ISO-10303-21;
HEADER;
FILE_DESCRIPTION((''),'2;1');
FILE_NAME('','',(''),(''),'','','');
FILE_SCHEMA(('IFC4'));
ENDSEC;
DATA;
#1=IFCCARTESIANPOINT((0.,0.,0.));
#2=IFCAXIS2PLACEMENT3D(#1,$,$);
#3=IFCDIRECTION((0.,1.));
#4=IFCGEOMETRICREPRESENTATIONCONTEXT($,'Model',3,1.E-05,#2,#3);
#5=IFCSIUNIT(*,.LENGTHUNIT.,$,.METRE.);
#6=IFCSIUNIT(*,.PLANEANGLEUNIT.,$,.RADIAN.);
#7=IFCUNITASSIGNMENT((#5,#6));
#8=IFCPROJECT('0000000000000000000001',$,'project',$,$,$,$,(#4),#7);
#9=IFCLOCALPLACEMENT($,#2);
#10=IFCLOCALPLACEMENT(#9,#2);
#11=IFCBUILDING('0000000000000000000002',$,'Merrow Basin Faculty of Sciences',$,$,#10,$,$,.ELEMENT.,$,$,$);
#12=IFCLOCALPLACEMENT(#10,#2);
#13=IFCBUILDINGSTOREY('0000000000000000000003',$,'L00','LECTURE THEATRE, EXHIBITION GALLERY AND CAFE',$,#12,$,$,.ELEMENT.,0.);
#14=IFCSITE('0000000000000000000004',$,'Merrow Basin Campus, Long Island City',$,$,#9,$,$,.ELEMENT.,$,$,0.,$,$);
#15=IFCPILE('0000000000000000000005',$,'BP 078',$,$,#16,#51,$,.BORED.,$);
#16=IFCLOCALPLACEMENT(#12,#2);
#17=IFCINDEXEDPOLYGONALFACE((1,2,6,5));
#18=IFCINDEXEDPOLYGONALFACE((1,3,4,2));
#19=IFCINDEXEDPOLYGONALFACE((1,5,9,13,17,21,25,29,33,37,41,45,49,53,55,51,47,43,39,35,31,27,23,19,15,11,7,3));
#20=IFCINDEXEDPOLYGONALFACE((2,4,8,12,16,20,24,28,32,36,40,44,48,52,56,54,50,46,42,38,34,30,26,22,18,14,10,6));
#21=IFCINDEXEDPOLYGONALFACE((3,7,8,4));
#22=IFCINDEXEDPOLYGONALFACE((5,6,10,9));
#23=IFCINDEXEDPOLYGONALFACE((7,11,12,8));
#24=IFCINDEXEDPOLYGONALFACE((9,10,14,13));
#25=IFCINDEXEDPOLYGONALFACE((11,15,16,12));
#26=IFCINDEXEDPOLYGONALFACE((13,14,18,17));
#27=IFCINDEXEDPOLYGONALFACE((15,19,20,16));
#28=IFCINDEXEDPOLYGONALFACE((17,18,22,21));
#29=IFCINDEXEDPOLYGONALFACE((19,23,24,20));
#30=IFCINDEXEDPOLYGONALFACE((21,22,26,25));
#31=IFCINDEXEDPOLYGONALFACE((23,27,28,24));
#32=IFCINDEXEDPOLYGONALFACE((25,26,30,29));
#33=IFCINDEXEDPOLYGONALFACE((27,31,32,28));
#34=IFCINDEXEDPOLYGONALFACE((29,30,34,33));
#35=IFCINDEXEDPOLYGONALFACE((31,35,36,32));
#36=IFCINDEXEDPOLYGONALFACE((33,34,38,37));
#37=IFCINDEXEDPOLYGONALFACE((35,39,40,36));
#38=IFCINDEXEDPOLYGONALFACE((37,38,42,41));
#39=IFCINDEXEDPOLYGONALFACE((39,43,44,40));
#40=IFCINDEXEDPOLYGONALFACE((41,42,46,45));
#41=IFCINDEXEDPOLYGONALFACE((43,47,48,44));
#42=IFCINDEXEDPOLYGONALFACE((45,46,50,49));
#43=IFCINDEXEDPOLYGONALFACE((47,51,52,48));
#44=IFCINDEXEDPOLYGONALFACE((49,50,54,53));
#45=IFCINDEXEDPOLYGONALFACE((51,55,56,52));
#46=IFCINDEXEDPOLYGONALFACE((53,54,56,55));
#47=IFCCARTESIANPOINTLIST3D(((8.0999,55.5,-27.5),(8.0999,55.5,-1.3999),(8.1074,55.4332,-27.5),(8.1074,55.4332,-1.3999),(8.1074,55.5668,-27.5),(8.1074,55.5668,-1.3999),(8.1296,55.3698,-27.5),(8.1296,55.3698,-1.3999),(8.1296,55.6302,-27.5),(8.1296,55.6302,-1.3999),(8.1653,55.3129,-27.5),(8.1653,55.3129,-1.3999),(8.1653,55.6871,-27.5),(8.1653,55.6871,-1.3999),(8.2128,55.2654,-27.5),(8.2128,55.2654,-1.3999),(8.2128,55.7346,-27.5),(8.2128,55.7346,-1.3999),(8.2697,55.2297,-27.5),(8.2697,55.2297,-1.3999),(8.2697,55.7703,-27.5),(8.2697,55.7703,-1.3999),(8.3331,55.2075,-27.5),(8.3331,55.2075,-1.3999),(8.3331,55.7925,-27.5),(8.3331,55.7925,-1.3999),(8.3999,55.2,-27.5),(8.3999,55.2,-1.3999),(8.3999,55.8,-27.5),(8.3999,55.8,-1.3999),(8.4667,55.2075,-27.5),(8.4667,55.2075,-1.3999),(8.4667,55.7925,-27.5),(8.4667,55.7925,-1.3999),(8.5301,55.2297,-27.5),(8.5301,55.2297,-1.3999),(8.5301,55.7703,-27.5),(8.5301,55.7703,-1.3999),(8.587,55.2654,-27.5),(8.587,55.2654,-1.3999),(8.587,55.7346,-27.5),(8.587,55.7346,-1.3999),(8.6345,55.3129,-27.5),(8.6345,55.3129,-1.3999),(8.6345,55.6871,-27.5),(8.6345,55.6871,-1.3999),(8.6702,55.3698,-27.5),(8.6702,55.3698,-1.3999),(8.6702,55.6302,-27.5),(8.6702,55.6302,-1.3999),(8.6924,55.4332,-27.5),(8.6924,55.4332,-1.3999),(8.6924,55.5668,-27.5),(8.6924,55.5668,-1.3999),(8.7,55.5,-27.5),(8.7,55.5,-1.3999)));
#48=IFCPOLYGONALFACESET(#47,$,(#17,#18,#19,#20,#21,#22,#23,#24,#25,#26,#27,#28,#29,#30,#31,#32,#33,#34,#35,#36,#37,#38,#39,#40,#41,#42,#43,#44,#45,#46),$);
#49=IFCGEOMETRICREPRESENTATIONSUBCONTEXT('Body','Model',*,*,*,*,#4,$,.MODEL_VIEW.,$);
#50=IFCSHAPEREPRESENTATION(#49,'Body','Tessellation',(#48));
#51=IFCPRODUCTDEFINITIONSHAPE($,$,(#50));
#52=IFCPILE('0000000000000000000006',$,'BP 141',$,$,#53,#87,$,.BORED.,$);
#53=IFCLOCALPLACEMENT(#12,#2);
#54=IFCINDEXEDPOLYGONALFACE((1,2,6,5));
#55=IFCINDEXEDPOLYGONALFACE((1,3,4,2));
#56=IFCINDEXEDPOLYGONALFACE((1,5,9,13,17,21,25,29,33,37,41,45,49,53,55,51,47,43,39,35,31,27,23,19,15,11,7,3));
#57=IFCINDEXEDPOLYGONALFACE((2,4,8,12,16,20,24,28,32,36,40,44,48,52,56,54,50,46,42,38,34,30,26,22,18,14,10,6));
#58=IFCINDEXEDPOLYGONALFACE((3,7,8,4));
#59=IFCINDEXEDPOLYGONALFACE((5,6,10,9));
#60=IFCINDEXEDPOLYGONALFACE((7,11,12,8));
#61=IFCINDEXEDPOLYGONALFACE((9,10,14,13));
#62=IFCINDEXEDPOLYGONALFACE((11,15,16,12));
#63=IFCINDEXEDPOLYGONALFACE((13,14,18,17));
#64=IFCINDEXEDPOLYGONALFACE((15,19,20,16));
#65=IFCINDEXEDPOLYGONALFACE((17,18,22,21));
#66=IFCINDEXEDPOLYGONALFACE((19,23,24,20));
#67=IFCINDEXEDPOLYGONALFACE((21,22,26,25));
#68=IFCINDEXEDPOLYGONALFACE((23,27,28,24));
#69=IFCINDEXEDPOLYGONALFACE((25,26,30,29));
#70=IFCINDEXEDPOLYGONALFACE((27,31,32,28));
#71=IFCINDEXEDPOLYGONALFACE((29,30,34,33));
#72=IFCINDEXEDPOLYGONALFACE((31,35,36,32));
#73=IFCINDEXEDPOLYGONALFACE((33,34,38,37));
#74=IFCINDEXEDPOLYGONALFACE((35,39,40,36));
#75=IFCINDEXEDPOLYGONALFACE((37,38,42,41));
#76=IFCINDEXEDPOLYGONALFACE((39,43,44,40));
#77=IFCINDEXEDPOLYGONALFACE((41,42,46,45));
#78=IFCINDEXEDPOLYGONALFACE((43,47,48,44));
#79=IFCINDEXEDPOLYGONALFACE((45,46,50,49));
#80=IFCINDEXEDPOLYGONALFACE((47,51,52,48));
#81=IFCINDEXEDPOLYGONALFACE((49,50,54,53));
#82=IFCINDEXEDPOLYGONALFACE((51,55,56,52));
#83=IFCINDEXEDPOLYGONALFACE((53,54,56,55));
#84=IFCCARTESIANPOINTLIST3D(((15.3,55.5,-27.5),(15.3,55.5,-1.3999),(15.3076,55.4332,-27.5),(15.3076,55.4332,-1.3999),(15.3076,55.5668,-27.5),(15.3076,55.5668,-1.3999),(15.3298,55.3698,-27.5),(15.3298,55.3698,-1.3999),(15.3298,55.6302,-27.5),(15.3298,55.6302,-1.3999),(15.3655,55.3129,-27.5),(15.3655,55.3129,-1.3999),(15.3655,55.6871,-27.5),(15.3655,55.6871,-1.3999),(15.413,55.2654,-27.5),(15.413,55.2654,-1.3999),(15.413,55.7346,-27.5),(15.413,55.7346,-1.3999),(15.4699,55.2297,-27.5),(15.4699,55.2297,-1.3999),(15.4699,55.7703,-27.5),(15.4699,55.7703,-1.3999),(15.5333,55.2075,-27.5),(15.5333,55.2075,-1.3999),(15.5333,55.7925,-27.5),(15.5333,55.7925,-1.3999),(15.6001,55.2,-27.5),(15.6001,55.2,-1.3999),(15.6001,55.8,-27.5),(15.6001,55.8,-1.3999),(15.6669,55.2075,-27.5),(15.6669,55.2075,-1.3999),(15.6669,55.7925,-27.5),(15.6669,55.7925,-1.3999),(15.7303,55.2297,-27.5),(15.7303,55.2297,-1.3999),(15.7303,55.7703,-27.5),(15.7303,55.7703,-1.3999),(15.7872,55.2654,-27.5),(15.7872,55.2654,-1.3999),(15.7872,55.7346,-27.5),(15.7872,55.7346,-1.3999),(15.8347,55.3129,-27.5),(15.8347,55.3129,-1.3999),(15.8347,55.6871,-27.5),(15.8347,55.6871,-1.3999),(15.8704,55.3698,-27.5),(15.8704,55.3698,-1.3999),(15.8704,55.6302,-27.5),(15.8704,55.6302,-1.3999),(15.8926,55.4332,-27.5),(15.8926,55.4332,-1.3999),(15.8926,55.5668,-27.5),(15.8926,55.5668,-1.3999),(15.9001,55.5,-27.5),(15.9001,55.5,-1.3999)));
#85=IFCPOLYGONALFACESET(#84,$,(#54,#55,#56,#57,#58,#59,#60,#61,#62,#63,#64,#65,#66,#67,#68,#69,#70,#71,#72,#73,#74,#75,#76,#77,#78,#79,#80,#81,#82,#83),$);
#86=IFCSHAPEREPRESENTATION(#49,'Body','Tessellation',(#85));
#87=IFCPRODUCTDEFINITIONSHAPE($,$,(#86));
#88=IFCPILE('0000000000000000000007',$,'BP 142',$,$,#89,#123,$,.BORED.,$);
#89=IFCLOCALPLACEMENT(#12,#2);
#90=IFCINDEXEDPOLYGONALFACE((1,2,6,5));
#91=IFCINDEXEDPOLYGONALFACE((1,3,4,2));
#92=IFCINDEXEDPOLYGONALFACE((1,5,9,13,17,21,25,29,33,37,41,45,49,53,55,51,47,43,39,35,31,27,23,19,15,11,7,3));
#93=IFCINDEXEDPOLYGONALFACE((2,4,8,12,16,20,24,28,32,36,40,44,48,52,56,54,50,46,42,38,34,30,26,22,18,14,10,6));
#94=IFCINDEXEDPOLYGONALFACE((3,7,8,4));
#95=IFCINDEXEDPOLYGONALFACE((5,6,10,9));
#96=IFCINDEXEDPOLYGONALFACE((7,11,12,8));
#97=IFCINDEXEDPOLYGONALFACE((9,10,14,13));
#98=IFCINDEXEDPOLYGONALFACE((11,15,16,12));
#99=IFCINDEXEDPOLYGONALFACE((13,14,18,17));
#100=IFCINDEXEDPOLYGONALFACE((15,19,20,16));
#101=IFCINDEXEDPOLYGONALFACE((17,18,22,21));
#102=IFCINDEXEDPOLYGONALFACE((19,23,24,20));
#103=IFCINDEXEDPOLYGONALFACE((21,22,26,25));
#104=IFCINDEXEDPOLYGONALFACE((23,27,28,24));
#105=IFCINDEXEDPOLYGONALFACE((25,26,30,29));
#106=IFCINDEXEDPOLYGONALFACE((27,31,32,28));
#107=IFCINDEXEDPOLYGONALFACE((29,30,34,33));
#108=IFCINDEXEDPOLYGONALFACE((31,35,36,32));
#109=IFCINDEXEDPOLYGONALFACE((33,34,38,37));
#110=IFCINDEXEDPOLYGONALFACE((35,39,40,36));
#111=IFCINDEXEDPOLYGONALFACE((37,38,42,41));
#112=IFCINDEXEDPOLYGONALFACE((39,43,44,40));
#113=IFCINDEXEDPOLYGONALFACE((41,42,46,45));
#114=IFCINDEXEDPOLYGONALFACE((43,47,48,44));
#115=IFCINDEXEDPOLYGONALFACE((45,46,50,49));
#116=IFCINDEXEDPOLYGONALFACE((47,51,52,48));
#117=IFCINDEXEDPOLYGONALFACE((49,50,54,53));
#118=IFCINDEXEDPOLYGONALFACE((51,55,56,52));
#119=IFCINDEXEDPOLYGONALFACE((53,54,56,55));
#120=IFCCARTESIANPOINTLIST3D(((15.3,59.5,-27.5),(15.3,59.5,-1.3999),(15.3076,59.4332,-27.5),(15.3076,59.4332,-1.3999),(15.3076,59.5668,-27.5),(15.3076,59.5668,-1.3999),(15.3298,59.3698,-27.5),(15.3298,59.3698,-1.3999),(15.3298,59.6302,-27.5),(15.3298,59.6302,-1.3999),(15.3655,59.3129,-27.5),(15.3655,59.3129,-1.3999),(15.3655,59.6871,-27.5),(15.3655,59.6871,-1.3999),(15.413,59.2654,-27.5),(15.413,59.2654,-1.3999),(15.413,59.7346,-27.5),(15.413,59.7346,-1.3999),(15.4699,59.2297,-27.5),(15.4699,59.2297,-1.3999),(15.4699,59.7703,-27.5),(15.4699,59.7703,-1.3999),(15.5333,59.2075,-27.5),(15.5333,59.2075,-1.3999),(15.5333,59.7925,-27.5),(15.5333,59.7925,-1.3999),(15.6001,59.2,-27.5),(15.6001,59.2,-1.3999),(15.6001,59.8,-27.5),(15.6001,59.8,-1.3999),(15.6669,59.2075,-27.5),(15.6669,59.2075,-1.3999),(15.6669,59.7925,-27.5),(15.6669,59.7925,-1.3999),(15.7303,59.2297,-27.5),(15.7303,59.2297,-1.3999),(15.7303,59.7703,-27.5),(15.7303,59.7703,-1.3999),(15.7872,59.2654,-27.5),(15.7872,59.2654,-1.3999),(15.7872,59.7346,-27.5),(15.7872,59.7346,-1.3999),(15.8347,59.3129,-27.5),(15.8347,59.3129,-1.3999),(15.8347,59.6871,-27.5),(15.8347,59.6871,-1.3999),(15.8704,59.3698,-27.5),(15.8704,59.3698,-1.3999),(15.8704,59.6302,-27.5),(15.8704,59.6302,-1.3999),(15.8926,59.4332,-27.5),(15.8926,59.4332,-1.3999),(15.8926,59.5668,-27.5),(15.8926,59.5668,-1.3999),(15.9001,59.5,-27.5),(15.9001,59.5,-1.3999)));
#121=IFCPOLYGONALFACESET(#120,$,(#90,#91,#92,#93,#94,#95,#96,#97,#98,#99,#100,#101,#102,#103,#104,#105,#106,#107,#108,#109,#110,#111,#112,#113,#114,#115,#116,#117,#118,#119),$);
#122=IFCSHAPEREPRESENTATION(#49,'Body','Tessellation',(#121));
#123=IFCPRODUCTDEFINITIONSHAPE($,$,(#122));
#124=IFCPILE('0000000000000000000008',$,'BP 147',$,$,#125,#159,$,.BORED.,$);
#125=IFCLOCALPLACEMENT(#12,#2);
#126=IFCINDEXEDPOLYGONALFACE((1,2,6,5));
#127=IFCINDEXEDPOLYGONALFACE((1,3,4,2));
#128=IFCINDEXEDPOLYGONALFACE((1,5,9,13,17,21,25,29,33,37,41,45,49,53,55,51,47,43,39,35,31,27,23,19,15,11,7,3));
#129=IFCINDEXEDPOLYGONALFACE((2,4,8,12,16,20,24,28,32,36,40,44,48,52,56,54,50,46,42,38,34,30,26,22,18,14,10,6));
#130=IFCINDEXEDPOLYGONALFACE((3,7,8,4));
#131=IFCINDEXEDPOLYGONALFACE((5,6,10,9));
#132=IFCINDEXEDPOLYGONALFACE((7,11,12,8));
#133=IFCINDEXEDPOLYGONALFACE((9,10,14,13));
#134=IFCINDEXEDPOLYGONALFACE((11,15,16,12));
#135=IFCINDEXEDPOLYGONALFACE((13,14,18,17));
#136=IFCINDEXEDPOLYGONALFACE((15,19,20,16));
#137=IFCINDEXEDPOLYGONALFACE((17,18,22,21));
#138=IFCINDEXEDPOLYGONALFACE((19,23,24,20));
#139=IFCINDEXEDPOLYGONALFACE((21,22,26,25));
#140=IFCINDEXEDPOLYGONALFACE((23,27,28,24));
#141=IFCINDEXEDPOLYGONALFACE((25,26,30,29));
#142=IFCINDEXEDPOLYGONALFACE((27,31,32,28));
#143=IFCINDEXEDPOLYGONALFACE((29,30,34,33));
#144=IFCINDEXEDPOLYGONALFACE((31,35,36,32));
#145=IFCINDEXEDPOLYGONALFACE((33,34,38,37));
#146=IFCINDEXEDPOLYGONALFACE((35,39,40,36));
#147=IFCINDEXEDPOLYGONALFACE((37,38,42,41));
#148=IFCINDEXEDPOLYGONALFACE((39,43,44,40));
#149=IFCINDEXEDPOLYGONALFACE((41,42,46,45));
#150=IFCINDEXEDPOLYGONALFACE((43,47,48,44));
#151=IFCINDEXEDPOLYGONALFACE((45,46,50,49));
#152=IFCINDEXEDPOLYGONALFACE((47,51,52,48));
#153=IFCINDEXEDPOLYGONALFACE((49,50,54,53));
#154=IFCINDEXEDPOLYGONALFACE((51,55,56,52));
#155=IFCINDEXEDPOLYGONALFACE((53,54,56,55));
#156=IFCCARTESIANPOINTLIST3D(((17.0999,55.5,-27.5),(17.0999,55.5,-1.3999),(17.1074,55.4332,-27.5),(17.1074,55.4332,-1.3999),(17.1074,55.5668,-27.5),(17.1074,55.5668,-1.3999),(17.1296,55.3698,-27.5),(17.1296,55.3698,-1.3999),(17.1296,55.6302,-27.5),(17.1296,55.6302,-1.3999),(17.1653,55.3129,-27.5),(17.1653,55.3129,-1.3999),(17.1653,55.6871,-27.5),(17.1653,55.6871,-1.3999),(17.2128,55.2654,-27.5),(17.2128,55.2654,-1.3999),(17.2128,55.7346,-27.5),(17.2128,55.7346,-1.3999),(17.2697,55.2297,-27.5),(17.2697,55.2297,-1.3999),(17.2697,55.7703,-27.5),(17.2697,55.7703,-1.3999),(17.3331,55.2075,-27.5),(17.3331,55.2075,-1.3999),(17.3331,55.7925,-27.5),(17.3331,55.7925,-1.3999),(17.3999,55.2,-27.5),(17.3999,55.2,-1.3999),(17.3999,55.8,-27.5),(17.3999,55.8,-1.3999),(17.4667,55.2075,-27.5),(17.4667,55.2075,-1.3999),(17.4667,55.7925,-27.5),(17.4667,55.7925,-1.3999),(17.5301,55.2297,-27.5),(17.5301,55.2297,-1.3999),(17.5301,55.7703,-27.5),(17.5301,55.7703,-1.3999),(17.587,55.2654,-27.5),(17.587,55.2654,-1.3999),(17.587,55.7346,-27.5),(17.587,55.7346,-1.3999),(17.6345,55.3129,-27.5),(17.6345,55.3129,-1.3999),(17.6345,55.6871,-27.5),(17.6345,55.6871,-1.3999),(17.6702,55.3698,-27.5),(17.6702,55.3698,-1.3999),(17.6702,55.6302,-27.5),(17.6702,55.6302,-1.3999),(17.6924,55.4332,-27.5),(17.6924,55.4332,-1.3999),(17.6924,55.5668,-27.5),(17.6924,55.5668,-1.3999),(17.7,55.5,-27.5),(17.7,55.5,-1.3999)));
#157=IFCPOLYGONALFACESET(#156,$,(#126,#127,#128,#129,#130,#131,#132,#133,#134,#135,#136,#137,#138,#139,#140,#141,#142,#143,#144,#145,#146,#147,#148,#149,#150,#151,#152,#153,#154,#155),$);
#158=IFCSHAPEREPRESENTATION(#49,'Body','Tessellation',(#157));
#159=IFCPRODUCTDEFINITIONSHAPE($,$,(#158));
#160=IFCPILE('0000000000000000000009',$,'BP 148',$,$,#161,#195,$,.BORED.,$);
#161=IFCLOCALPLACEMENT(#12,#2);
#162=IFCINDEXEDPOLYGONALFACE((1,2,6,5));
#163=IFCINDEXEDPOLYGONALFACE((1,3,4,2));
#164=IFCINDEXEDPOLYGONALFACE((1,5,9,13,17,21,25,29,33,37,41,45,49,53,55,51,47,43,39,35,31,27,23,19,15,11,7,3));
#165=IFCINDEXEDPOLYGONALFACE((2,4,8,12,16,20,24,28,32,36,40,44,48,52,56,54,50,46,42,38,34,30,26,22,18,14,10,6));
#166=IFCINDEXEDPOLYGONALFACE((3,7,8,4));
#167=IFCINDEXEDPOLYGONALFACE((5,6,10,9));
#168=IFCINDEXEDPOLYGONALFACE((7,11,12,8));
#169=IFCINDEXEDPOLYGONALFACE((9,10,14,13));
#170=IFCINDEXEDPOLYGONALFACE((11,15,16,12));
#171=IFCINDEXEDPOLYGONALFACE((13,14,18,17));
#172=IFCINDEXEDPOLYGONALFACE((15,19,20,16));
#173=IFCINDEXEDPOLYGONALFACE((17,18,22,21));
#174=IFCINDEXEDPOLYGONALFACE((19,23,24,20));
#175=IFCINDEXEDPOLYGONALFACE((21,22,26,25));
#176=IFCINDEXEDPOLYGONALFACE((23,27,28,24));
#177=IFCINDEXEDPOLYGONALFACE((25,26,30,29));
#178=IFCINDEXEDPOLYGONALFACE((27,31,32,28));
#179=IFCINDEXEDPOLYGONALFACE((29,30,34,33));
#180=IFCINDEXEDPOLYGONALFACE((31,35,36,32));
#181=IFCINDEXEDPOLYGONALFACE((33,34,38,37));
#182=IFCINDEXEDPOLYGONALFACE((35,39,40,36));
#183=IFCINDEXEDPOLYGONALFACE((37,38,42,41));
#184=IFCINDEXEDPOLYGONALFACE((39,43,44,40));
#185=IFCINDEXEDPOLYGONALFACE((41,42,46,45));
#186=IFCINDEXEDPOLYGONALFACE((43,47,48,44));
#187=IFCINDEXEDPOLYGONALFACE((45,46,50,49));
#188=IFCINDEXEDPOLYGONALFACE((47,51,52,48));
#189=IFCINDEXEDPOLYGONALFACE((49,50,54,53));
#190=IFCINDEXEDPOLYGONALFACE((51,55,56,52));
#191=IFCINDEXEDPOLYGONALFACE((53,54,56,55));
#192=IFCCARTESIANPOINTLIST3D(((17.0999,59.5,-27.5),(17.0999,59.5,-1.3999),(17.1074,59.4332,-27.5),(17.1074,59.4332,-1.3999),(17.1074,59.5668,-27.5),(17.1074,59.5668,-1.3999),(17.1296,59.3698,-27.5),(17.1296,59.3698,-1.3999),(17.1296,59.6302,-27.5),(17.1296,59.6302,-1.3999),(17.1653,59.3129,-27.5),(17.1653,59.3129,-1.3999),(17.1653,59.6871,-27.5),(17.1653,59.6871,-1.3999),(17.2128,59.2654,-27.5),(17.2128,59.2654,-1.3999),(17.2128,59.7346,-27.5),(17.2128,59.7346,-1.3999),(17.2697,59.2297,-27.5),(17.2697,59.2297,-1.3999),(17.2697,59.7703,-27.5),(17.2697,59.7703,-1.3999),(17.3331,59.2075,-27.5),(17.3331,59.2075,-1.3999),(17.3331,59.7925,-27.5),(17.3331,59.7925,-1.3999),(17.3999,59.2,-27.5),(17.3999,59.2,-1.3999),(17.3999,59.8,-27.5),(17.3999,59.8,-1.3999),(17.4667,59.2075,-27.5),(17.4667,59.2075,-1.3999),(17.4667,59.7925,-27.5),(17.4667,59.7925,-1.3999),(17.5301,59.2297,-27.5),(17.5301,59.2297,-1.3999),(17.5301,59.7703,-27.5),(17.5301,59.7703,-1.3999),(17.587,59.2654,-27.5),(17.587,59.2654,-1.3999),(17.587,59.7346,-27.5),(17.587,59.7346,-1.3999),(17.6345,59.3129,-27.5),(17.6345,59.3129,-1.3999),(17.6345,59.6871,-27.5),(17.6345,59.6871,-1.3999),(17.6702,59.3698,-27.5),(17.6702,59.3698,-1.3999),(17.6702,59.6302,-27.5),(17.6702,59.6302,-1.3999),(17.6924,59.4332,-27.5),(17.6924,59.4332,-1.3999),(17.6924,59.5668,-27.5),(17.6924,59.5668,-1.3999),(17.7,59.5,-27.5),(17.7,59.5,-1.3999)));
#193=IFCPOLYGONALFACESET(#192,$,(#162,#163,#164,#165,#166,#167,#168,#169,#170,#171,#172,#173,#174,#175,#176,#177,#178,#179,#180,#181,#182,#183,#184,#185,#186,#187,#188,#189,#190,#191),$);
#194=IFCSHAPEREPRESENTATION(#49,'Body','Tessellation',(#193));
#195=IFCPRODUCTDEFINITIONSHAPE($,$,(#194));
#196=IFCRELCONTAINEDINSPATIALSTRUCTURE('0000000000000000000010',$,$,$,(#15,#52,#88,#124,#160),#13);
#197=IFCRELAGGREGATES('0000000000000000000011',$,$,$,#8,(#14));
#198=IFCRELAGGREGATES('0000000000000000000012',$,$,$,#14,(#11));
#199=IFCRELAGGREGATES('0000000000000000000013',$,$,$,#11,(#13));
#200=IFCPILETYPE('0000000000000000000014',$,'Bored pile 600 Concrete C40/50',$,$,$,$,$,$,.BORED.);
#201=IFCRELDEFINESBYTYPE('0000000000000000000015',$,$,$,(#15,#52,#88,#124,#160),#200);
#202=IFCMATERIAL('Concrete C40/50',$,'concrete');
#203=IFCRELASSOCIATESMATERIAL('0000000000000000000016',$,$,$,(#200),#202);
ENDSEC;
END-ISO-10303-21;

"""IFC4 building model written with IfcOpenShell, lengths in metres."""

from ifc_helpers import new_model, si_unit, direction, frame, origin, origin_2d, place, context, subcontext, project, spatial, circle, extrude, material, material_profile, profile_set, type_object, element, save


model = new_model("IFC4")

# Units and contexts
model_context = context("Model", 3, precision=1e-05, world=origin(), true_north=direction((0.0, 1.0)))
body_context = subcontext(model_context, "Body", "Model", "MODEL_VIEW")
ifc_project = project(units=[si_unit("LENGTHUNIT", "METRE"), si_unit("PLANEANGLEUNIT", "RADIAN")], contexts=[model_context])

# Site, building, storey
site_placement = place(None, origin())
site = spatial("IfcSite", under=ifc_project, at=site_placement, Name="Merrow Basin Campus, Long Island City", CompositionType="ELEMENT", RefElevation=0.0)
building_placement = place(site_placement, origin())
building = spatial("IfcBuilding", under=site, at=building_placement, Name="Merrow Basin Faculty of Sciences", CompositionType="ELEMENT")
storey_placement = place(building_placement, origin())
storey = spatial("IfcBuildingStorey", under=building, at=storey_placement, Name="L00", Description="LECTURE THEATRE, EXHIBITION GALLERY AND CAFE", CompositionType="ELEMENT", Elevation=0.0)

# Piles
ifc_material_1 = material(Name="Concrete C40/50", Category="concrete")
ifc_material_profile_1 = material_profile(ifc_material_1, circle(Radius=0.3, at=origin_2d()))
ifc_profile_set_1 = profile_set([ifc_material_profile_1], Name="Concrete C40/50")
pile_type_1 = type_object("IfcPileType", Name="Bored pile 600 Concrete C40/50", PredefinedType="BORED", material=ifc_profile_set_1)
for number, where, z_axis, x_axis, name in (
    (1, (8.3999, 55.5, -1.3999), (0.0, 0.0, -1.0), (1.0, 0.0, 0.0), "BP 078"),
    (2, (15.6001, 55.5, -1.3999), (0.0, 0.0, -1.0), (1.0, 0.0, 0.0), "BP 141"),
    (3, (15.6001, 59.5, -1.3999), (0.0, 0.0, -1.0), (1.0, 0.0, 0.0), "BP 142"),
    (4, (17.3999, 55.5, -1.3999), (0.0, 0.0, -1.0), (1.0, 0.0, 0.0), "BP 147"),
    (5, (17.3999, 59.5, -1.3999), (0.0, 0.0, -1.0), (1.0, 0.0, 0.0), "BP 148"),
):
    element("IfcPile", number, at=place(storey_placement, frame(where, z_axis=z_axis, x_axis=x_axis)), inside=storey, type_object=pile_type_1, Name=name, PredefinedType="BORED", context=body_context, shape_type="SweptSolid", body=[
        extrude(circle(Radius=0.3, at=origin_2d()), origin(), (0.0, 0.0, 1.0), 26.1001),
    ])

save(model, "model.ifc")
